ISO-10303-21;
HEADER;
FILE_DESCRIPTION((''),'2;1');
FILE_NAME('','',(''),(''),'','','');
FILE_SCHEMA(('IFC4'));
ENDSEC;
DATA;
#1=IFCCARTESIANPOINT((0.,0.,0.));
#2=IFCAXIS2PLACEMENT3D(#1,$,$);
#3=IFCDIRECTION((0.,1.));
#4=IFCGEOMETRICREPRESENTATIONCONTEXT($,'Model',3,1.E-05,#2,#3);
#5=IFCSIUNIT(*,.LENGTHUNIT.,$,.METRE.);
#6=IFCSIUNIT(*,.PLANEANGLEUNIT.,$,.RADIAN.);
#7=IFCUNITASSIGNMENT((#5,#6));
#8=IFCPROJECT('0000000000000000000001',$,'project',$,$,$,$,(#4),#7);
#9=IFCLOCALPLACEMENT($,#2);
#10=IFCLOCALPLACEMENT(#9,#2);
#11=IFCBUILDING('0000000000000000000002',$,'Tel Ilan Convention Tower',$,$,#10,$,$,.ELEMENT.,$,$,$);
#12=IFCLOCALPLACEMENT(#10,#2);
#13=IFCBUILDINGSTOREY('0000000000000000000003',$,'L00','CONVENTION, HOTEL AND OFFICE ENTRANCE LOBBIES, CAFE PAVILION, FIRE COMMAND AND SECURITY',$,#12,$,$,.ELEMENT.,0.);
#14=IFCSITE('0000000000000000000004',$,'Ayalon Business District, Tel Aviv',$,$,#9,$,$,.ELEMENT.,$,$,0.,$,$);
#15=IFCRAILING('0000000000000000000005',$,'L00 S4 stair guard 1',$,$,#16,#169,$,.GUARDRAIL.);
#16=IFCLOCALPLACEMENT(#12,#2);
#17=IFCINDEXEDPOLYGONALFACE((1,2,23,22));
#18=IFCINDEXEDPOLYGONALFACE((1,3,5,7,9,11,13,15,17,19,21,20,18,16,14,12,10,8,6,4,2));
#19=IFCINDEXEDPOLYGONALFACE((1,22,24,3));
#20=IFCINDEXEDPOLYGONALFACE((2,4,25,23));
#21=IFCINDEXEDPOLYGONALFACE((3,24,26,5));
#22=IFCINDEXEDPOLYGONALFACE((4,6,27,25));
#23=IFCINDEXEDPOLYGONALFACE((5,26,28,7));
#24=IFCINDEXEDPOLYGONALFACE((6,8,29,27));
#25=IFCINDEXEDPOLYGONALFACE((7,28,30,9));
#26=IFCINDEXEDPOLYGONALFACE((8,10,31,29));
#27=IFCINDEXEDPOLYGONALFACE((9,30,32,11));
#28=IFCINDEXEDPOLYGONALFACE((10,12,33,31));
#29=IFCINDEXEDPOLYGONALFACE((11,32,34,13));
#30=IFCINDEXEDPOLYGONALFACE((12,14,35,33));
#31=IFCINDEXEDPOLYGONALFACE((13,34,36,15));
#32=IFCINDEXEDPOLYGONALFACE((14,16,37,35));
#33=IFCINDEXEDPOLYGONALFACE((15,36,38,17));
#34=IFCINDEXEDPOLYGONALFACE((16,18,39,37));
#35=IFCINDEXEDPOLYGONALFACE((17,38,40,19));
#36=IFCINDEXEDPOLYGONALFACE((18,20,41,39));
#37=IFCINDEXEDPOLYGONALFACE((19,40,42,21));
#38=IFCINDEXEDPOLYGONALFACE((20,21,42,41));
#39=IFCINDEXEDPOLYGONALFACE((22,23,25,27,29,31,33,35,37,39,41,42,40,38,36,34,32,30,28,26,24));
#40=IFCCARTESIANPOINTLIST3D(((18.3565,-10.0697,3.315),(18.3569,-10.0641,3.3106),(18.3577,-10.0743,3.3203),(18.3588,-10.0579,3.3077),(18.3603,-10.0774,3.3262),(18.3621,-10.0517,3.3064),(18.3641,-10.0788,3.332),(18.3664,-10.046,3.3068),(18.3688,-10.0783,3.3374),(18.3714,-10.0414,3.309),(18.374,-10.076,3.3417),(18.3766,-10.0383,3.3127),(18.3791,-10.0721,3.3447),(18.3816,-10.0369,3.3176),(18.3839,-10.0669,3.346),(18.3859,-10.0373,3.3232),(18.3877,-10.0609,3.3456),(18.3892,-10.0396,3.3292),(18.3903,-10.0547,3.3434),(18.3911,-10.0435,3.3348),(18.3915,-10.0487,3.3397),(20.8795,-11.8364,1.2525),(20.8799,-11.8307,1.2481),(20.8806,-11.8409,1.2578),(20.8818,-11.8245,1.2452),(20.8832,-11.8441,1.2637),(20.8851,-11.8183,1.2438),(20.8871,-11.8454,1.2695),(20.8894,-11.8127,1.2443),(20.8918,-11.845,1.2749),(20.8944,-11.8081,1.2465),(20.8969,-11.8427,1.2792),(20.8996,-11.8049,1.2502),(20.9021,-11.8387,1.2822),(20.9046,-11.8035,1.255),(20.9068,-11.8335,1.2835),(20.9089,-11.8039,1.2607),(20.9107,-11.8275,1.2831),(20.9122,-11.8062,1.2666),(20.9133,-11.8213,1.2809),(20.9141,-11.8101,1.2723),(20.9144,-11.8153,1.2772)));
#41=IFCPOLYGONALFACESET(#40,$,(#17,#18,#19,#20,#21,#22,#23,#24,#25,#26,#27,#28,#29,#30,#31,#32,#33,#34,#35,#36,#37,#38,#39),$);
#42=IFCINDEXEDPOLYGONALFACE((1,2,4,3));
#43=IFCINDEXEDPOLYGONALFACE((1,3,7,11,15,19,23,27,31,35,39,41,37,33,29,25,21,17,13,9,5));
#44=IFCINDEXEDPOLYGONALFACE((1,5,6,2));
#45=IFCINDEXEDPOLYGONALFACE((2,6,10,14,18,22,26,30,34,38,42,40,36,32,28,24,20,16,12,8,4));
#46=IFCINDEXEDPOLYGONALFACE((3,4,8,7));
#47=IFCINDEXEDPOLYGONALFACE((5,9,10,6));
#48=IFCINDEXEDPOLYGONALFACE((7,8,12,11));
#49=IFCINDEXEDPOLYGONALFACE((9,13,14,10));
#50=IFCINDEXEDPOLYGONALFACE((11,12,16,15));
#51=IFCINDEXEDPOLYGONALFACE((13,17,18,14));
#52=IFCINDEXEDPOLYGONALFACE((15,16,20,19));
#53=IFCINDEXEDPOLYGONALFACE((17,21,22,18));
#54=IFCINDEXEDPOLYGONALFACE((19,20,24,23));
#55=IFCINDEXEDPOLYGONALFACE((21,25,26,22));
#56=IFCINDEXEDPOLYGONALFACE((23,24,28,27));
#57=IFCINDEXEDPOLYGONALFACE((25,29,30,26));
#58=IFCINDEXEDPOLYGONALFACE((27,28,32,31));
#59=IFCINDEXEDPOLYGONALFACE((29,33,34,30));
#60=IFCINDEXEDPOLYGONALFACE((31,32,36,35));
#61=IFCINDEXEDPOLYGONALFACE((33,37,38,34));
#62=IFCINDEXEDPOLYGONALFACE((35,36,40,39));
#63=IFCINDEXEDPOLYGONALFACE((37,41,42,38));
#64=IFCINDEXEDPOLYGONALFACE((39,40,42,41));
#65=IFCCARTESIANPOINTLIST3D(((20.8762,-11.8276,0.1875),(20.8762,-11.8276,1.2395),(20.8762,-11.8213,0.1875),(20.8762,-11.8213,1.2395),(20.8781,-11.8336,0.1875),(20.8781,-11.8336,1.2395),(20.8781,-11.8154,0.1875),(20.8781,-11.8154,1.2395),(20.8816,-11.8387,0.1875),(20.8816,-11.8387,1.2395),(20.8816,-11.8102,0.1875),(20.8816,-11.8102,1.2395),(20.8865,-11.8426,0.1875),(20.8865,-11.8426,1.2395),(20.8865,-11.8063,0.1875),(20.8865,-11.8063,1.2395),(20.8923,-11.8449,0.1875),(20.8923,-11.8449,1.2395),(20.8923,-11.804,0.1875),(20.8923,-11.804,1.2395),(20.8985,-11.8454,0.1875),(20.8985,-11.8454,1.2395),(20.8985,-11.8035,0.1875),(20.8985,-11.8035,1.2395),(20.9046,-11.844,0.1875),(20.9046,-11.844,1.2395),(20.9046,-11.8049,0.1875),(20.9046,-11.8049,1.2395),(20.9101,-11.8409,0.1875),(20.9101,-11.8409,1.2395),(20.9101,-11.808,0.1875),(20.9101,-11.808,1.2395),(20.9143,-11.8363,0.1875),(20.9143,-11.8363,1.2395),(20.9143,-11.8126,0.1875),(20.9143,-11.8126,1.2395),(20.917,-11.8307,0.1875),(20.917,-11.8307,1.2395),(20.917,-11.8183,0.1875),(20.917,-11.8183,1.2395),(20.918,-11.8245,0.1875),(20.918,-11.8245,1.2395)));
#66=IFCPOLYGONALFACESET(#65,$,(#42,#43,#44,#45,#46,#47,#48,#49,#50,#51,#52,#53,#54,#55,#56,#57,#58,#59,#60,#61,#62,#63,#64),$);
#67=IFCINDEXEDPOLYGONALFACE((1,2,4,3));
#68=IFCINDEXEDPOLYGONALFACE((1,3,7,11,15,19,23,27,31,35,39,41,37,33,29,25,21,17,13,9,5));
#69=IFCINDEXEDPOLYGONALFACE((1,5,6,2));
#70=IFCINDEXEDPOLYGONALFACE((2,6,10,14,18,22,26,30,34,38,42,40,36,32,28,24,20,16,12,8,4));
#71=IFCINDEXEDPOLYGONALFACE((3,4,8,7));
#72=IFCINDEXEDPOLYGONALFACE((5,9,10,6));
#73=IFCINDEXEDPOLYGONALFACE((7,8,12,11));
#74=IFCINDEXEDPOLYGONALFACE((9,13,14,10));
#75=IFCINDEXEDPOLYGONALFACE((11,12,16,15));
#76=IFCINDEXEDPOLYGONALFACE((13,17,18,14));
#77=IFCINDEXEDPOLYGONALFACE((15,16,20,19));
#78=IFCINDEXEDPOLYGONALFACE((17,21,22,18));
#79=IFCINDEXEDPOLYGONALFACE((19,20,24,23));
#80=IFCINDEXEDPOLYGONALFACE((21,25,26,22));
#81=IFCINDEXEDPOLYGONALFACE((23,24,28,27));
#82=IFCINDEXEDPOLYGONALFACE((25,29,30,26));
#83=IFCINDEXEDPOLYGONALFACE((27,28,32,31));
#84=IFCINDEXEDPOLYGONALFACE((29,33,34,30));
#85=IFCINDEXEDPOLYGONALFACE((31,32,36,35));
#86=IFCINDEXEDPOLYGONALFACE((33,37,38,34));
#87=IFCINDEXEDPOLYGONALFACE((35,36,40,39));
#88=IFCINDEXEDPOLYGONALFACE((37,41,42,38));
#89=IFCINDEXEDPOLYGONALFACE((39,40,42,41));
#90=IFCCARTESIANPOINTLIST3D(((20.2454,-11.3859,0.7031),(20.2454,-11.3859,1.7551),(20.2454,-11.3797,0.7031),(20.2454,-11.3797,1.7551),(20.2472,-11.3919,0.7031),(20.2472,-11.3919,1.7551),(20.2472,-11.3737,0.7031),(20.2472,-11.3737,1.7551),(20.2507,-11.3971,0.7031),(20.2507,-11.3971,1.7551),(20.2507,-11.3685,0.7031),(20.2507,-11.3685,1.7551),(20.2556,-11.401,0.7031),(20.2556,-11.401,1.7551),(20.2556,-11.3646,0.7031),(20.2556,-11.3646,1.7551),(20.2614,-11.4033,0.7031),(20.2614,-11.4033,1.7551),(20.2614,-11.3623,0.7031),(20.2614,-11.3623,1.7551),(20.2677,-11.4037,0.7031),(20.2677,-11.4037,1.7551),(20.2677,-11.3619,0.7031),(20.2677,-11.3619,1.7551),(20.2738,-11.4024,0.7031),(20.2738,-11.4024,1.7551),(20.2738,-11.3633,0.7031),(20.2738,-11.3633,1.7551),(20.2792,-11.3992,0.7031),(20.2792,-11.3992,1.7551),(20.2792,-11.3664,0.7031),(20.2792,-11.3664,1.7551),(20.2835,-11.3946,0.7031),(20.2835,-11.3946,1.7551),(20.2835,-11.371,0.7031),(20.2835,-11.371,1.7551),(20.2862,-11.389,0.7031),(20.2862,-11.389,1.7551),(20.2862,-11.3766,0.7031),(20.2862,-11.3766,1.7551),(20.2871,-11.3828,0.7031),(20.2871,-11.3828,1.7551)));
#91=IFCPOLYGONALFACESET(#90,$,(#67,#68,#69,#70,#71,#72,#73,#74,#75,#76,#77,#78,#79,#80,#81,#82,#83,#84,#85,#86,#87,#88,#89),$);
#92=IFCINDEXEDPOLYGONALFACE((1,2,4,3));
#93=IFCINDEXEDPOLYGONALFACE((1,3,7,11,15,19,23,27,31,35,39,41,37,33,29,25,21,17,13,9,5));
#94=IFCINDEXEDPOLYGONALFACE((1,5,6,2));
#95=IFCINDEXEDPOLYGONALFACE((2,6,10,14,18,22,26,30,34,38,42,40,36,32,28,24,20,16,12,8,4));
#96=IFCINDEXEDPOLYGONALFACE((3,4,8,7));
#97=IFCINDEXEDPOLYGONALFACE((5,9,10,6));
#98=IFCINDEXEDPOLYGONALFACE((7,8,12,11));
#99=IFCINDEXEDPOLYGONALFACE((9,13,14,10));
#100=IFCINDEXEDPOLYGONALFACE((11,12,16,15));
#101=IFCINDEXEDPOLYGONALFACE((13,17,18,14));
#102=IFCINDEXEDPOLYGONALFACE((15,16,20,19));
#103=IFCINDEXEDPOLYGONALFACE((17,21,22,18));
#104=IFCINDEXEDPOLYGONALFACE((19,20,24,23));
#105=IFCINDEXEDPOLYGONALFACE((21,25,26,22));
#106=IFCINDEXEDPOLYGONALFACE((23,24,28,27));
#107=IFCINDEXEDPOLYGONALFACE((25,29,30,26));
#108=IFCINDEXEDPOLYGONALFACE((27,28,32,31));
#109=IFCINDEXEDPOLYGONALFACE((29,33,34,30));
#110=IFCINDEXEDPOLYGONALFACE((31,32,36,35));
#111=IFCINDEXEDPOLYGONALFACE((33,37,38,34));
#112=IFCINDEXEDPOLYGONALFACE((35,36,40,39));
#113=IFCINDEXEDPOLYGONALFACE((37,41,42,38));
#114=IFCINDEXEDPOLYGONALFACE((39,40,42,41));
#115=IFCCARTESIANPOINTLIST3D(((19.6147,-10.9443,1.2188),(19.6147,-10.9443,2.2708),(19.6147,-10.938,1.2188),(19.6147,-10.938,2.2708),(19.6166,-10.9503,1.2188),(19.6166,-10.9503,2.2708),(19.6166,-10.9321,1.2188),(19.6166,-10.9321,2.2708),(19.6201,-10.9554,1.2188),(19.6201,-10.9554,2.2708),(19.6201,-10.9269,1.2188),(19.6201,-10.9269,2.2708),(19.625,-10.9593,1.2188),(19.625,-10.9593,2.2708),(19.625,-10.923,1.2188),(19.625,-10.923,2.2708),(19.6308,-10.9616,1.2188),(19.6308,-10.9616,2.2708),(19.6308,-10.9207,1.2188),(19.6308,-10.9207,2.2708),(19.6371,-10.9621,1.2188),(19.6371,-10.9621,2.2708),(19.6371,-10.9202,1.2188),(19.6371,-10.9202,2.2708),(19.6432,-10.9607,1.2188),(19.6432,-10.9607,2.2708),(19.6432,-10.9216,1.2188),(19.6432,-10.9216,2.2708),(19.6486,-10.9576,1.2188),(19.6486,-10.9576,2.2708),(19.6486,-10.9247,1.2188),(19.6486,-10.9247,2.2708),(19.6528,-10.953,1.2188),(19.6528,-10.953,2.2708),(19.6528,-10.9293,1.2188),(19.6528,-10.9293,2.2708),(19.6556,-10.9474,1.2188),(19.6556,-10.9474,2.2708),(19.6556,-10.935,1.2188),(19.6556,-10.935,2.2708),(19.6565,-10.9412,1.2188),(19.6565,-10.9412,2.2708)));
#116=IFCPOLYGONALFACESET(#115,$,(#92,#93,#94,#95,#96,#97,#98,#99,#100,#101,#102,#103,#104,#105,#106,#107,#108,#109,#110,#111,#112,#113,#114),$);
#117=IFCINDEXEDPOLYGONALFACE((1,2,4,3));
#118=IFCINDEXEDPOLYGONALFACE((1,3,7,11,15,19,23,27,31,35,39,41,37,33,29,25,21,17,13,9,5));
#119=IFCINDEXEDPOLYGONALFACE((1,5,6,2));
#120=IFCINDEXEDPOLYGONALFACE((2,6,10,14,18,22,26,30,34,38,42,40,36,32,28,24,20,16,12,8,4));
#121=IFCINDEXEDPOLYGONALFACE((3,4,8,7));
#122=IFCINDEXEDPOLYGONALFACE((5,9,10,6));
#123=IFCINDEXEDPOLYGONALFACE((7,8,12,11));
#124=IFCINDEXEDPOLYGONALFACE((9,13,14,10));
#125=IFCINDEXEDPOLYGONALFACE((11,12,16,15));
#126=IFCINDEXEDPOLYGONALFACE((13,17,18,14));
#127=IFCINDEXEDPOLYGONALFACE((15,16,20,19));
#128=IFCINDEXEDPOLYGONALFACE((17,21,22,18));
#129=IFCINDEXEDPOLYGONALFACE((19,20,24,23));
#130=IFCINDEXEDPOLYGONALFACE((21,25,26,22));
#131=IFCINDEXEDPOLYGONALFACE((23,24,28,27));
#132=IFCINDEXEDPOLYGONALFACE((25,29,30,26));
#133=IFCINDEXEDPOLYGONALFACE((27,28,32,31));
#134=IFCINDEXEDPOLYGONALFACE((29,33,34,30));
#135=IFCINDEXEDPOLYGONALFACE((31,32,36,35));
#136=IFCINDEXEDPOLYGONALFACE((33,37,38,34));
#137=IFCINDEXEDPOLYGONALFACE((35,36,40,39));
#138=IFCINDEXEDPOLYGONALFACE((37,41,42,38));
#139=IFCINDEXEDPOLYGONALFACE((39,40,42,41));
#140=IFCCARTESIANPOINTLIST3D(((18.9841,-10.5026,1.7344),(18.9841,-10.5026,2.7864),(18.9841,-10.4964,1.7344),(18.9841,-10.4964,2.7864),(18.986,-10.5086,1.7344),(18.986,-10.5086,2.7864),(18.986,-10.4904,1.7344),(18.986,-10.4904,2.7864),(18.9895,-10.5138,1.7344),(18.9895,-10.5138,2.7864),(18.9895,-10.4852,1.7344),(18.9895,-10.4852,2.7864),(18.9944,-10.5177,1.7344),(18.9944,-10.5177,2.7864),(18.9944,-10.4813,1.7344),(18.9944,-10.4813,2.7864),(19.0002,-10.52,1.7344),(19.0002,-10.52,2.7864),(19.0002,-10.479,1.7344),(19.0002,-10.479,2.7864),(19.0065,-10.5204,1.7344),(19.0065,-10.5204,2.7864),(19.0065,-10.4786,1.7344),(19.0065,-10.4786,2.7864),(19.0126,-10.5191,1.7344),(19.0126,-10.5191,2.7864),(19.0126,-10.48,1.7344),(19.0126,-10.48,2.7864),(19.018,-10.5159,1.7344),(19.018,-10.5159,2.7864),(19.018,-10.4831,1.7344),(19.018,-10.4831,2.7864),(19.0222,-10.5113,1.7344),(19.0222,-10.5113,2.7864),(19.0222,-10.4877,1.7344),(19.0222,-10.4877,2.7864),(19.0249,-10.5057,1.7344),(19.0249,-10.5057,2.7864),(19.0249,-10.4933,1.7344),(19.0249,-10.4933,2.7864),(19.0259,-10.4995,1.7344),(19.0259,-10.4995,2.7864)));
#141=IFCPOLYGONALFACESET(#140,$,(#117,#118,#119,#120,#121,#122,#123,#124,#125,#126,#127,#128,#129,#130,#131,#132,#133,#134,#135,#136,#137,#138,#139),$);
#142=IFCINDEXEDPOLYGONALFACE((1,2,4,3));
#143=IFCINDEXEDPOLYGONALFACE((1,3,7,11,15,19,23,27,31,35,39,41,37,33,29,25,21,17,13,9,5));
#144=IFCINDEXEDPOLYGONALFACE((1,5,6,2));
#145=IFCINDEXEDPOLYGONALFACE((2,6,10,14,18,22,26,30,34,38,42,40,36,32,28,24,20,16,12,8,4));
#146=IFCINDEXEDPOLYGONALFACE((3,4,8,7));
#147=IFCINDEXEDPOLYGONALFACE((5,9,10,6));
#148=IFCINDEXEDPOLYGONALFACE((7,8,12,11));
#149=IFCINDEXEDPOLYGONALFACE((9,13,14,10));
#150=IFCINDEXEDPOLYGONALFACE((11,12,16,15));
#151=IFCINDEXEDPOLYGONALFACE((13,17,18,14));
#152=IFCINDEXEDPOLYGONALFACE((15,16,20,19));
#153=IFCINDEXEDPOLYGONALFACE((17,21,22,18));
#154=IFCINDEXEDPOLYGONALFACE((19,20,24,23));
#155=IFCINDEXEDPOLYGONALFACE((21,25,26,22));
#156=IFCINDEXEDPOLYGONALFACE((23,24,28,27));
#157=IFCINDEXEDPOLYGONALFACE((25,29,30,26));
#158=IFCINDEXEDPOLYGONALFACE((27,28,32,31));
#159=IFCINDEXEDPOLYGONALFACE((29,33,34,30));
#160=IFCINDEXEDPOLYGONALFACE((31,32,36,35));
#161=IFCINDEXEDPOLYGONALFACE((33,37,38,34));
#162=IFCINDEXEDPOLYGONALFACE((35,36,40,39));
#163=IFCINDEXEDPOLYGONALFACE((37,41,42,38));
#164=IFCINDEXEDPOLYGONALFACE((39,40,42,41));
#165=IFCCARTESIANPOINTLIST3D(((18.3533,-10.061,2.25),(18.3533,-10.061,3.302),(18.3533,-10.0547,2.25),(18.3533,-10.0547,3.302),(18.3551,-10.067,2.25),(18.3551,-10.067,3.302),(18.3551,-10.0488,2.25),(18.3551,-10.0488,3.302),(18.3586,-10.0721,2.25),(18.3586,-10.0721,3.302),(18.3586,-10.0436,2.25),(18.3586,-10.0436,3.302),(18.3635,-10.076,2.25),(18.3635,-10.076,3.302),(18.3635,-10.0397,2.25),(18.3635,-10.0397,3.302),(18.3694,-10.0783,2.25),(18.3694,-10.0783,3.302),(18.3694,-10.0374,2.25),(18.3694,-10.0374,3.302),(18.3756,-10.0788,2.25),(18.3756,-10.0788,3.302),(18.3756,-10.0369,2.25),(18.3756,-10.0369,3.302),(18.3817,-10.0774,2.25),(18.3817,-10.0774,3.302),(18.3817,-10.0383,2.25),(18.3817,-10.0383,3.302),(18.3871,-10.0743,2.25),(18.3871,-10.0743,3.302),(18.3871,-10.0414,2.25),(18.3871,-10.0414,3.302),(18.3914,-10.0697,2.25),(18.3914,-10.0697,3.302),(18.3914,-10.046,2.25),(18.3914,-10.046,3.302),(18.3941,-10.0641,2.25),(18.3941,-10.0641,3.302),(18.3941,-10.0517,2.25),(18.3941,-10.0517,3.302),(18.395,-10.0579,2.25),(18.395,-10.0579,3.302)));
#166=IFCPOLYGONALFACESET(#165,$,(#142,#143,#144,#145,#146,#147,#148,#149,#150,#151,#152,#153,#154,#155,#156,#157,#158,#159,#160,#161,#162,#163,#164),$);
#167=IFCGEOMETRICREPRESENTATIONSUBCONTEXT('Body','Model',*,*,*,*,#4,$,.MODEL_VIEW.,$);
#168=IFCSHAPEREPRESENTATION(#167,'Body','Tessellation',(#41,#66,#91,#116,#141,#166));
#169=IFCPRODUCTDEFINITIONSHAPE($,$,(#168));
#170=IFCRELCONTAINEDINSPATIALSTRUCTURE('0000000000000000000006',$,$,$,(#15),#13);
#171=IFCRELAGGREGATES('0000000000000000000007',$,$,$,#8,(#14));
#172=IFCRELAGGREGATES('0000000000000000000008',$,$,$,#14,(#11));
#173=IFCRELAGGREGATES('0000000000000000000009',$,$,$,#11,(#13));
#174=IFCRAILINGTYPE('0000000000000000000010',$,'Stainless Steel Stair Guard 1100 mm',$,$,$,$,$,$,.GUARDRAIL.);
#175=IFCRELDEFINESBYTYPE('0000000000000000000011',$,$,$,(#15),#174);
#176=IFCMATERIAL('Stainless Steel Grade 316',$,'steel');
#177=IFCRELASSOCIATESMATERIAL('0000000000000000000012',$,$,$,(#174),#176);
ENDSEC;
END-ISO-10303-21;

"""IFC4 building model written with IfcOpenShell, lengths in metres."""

from ifc_helpers import new_model, si_unit, direction, frame, origin, origin_2d, place, context, subcontext, project, spatial, circle, extrude, material, type_object, element, save


model = new_model("IFC4")

# Units and contexts
model_context = context("Model", 3, precision=1e-05, world=origin(), true_north=direction((0.0, 1.0)))
body_context = subcontext(model_context, "Body", "Model", "MODEL_VIEW")
ifc_project = project(units=[si_unit("LENGTHUNIT", "METRE"), si_unit("PLANEANGLEUNIT", "RADIAN")], contexts=[model_context])

# Site, building, storey
site_placement = place(None, origin())
site = spatial("IfcSite", under=ifc_project, at=site_placement, Name="Ayalon Business District, Tel Aviv", CompositionType="ELEMENT", RefElevation=0.0)
building_placement = place(site_placement, origin())
building = spatial("IfcBuilding", under=site, at=building_placement, Name="Tel Ilan Convention Tower", CompositionType="ELEMENT")
storey_placement = place(building_placement, origin())
storey = spatial("IfcBuildingStorey", under=building, at=storey_placement, Name="L00", Description="CONVENTION, HOTEL AND OFFICE ENTRANCE LOBBIES, CAFE PAVILION, FIRE COMMAND AND SECURITY", CompositionType="ELEMENT", Elevation=0.0)

# Railing
ifc_material_1 = material(Name="Stainless Steel Grade 316", Category="steel")
railing_type_1 = type_object("IfcRailingType", Name="Stainless Steel Stair Guard 1100 mm", PredefinedType="GUARDRAIL", material=ifc_material_1)
railing_1_placement = place(storey_placement, frame((20.897, -11.8245, 0.1875)))
element("IfcRailing", 1, at=railing_1_placement, inside=storey, type_object=railing_type_1, Name="L00 S4 stair guard 1", PredefinedType="GUARDRAIL", context=body_context, shape_type="SweptSolid", body=[
    extrude(circle(Radius=0.0239, at=origin_2d()), frame((0.0, 0.0, 1.0762), z_axis=(-0.680635, 0.476589, 0.556416), x_axis=(-0.573579, -0.81915, 0.0)), (0.0, 0.0, 1.0), 3.7068),
    extrude(circle(Radius=0.021, at=origin_2d()), origin(), (0.0, 0.0, 1.0), 1.052),
    extrude(circle(Radius=0.021, at=origin_2d()), frame((-0.6309, 0.4417, 0.5156)), (0.0, 0.0, 1.0), 1.052),
    extrude(circle(Radius=0.021, at=origin_2d()), frame((-1.2615, 0.8833, 1.0312)), (0.0, 0.0, 1.0), 1.052),
    extrude(circle(Radius=0.021, at=origin_2d()), frame((-1.8921, 1.325, 1.5469)), (0.0, 0.0, 1.0), 1.052),
    extrude(circle(Radius=0.021, at=origin_2d()), frame((-2.5229, 1.7666, 2.0625)), (0.0, 0.0, 1.0), 1.052),
])

save(model, "model.ifc")
